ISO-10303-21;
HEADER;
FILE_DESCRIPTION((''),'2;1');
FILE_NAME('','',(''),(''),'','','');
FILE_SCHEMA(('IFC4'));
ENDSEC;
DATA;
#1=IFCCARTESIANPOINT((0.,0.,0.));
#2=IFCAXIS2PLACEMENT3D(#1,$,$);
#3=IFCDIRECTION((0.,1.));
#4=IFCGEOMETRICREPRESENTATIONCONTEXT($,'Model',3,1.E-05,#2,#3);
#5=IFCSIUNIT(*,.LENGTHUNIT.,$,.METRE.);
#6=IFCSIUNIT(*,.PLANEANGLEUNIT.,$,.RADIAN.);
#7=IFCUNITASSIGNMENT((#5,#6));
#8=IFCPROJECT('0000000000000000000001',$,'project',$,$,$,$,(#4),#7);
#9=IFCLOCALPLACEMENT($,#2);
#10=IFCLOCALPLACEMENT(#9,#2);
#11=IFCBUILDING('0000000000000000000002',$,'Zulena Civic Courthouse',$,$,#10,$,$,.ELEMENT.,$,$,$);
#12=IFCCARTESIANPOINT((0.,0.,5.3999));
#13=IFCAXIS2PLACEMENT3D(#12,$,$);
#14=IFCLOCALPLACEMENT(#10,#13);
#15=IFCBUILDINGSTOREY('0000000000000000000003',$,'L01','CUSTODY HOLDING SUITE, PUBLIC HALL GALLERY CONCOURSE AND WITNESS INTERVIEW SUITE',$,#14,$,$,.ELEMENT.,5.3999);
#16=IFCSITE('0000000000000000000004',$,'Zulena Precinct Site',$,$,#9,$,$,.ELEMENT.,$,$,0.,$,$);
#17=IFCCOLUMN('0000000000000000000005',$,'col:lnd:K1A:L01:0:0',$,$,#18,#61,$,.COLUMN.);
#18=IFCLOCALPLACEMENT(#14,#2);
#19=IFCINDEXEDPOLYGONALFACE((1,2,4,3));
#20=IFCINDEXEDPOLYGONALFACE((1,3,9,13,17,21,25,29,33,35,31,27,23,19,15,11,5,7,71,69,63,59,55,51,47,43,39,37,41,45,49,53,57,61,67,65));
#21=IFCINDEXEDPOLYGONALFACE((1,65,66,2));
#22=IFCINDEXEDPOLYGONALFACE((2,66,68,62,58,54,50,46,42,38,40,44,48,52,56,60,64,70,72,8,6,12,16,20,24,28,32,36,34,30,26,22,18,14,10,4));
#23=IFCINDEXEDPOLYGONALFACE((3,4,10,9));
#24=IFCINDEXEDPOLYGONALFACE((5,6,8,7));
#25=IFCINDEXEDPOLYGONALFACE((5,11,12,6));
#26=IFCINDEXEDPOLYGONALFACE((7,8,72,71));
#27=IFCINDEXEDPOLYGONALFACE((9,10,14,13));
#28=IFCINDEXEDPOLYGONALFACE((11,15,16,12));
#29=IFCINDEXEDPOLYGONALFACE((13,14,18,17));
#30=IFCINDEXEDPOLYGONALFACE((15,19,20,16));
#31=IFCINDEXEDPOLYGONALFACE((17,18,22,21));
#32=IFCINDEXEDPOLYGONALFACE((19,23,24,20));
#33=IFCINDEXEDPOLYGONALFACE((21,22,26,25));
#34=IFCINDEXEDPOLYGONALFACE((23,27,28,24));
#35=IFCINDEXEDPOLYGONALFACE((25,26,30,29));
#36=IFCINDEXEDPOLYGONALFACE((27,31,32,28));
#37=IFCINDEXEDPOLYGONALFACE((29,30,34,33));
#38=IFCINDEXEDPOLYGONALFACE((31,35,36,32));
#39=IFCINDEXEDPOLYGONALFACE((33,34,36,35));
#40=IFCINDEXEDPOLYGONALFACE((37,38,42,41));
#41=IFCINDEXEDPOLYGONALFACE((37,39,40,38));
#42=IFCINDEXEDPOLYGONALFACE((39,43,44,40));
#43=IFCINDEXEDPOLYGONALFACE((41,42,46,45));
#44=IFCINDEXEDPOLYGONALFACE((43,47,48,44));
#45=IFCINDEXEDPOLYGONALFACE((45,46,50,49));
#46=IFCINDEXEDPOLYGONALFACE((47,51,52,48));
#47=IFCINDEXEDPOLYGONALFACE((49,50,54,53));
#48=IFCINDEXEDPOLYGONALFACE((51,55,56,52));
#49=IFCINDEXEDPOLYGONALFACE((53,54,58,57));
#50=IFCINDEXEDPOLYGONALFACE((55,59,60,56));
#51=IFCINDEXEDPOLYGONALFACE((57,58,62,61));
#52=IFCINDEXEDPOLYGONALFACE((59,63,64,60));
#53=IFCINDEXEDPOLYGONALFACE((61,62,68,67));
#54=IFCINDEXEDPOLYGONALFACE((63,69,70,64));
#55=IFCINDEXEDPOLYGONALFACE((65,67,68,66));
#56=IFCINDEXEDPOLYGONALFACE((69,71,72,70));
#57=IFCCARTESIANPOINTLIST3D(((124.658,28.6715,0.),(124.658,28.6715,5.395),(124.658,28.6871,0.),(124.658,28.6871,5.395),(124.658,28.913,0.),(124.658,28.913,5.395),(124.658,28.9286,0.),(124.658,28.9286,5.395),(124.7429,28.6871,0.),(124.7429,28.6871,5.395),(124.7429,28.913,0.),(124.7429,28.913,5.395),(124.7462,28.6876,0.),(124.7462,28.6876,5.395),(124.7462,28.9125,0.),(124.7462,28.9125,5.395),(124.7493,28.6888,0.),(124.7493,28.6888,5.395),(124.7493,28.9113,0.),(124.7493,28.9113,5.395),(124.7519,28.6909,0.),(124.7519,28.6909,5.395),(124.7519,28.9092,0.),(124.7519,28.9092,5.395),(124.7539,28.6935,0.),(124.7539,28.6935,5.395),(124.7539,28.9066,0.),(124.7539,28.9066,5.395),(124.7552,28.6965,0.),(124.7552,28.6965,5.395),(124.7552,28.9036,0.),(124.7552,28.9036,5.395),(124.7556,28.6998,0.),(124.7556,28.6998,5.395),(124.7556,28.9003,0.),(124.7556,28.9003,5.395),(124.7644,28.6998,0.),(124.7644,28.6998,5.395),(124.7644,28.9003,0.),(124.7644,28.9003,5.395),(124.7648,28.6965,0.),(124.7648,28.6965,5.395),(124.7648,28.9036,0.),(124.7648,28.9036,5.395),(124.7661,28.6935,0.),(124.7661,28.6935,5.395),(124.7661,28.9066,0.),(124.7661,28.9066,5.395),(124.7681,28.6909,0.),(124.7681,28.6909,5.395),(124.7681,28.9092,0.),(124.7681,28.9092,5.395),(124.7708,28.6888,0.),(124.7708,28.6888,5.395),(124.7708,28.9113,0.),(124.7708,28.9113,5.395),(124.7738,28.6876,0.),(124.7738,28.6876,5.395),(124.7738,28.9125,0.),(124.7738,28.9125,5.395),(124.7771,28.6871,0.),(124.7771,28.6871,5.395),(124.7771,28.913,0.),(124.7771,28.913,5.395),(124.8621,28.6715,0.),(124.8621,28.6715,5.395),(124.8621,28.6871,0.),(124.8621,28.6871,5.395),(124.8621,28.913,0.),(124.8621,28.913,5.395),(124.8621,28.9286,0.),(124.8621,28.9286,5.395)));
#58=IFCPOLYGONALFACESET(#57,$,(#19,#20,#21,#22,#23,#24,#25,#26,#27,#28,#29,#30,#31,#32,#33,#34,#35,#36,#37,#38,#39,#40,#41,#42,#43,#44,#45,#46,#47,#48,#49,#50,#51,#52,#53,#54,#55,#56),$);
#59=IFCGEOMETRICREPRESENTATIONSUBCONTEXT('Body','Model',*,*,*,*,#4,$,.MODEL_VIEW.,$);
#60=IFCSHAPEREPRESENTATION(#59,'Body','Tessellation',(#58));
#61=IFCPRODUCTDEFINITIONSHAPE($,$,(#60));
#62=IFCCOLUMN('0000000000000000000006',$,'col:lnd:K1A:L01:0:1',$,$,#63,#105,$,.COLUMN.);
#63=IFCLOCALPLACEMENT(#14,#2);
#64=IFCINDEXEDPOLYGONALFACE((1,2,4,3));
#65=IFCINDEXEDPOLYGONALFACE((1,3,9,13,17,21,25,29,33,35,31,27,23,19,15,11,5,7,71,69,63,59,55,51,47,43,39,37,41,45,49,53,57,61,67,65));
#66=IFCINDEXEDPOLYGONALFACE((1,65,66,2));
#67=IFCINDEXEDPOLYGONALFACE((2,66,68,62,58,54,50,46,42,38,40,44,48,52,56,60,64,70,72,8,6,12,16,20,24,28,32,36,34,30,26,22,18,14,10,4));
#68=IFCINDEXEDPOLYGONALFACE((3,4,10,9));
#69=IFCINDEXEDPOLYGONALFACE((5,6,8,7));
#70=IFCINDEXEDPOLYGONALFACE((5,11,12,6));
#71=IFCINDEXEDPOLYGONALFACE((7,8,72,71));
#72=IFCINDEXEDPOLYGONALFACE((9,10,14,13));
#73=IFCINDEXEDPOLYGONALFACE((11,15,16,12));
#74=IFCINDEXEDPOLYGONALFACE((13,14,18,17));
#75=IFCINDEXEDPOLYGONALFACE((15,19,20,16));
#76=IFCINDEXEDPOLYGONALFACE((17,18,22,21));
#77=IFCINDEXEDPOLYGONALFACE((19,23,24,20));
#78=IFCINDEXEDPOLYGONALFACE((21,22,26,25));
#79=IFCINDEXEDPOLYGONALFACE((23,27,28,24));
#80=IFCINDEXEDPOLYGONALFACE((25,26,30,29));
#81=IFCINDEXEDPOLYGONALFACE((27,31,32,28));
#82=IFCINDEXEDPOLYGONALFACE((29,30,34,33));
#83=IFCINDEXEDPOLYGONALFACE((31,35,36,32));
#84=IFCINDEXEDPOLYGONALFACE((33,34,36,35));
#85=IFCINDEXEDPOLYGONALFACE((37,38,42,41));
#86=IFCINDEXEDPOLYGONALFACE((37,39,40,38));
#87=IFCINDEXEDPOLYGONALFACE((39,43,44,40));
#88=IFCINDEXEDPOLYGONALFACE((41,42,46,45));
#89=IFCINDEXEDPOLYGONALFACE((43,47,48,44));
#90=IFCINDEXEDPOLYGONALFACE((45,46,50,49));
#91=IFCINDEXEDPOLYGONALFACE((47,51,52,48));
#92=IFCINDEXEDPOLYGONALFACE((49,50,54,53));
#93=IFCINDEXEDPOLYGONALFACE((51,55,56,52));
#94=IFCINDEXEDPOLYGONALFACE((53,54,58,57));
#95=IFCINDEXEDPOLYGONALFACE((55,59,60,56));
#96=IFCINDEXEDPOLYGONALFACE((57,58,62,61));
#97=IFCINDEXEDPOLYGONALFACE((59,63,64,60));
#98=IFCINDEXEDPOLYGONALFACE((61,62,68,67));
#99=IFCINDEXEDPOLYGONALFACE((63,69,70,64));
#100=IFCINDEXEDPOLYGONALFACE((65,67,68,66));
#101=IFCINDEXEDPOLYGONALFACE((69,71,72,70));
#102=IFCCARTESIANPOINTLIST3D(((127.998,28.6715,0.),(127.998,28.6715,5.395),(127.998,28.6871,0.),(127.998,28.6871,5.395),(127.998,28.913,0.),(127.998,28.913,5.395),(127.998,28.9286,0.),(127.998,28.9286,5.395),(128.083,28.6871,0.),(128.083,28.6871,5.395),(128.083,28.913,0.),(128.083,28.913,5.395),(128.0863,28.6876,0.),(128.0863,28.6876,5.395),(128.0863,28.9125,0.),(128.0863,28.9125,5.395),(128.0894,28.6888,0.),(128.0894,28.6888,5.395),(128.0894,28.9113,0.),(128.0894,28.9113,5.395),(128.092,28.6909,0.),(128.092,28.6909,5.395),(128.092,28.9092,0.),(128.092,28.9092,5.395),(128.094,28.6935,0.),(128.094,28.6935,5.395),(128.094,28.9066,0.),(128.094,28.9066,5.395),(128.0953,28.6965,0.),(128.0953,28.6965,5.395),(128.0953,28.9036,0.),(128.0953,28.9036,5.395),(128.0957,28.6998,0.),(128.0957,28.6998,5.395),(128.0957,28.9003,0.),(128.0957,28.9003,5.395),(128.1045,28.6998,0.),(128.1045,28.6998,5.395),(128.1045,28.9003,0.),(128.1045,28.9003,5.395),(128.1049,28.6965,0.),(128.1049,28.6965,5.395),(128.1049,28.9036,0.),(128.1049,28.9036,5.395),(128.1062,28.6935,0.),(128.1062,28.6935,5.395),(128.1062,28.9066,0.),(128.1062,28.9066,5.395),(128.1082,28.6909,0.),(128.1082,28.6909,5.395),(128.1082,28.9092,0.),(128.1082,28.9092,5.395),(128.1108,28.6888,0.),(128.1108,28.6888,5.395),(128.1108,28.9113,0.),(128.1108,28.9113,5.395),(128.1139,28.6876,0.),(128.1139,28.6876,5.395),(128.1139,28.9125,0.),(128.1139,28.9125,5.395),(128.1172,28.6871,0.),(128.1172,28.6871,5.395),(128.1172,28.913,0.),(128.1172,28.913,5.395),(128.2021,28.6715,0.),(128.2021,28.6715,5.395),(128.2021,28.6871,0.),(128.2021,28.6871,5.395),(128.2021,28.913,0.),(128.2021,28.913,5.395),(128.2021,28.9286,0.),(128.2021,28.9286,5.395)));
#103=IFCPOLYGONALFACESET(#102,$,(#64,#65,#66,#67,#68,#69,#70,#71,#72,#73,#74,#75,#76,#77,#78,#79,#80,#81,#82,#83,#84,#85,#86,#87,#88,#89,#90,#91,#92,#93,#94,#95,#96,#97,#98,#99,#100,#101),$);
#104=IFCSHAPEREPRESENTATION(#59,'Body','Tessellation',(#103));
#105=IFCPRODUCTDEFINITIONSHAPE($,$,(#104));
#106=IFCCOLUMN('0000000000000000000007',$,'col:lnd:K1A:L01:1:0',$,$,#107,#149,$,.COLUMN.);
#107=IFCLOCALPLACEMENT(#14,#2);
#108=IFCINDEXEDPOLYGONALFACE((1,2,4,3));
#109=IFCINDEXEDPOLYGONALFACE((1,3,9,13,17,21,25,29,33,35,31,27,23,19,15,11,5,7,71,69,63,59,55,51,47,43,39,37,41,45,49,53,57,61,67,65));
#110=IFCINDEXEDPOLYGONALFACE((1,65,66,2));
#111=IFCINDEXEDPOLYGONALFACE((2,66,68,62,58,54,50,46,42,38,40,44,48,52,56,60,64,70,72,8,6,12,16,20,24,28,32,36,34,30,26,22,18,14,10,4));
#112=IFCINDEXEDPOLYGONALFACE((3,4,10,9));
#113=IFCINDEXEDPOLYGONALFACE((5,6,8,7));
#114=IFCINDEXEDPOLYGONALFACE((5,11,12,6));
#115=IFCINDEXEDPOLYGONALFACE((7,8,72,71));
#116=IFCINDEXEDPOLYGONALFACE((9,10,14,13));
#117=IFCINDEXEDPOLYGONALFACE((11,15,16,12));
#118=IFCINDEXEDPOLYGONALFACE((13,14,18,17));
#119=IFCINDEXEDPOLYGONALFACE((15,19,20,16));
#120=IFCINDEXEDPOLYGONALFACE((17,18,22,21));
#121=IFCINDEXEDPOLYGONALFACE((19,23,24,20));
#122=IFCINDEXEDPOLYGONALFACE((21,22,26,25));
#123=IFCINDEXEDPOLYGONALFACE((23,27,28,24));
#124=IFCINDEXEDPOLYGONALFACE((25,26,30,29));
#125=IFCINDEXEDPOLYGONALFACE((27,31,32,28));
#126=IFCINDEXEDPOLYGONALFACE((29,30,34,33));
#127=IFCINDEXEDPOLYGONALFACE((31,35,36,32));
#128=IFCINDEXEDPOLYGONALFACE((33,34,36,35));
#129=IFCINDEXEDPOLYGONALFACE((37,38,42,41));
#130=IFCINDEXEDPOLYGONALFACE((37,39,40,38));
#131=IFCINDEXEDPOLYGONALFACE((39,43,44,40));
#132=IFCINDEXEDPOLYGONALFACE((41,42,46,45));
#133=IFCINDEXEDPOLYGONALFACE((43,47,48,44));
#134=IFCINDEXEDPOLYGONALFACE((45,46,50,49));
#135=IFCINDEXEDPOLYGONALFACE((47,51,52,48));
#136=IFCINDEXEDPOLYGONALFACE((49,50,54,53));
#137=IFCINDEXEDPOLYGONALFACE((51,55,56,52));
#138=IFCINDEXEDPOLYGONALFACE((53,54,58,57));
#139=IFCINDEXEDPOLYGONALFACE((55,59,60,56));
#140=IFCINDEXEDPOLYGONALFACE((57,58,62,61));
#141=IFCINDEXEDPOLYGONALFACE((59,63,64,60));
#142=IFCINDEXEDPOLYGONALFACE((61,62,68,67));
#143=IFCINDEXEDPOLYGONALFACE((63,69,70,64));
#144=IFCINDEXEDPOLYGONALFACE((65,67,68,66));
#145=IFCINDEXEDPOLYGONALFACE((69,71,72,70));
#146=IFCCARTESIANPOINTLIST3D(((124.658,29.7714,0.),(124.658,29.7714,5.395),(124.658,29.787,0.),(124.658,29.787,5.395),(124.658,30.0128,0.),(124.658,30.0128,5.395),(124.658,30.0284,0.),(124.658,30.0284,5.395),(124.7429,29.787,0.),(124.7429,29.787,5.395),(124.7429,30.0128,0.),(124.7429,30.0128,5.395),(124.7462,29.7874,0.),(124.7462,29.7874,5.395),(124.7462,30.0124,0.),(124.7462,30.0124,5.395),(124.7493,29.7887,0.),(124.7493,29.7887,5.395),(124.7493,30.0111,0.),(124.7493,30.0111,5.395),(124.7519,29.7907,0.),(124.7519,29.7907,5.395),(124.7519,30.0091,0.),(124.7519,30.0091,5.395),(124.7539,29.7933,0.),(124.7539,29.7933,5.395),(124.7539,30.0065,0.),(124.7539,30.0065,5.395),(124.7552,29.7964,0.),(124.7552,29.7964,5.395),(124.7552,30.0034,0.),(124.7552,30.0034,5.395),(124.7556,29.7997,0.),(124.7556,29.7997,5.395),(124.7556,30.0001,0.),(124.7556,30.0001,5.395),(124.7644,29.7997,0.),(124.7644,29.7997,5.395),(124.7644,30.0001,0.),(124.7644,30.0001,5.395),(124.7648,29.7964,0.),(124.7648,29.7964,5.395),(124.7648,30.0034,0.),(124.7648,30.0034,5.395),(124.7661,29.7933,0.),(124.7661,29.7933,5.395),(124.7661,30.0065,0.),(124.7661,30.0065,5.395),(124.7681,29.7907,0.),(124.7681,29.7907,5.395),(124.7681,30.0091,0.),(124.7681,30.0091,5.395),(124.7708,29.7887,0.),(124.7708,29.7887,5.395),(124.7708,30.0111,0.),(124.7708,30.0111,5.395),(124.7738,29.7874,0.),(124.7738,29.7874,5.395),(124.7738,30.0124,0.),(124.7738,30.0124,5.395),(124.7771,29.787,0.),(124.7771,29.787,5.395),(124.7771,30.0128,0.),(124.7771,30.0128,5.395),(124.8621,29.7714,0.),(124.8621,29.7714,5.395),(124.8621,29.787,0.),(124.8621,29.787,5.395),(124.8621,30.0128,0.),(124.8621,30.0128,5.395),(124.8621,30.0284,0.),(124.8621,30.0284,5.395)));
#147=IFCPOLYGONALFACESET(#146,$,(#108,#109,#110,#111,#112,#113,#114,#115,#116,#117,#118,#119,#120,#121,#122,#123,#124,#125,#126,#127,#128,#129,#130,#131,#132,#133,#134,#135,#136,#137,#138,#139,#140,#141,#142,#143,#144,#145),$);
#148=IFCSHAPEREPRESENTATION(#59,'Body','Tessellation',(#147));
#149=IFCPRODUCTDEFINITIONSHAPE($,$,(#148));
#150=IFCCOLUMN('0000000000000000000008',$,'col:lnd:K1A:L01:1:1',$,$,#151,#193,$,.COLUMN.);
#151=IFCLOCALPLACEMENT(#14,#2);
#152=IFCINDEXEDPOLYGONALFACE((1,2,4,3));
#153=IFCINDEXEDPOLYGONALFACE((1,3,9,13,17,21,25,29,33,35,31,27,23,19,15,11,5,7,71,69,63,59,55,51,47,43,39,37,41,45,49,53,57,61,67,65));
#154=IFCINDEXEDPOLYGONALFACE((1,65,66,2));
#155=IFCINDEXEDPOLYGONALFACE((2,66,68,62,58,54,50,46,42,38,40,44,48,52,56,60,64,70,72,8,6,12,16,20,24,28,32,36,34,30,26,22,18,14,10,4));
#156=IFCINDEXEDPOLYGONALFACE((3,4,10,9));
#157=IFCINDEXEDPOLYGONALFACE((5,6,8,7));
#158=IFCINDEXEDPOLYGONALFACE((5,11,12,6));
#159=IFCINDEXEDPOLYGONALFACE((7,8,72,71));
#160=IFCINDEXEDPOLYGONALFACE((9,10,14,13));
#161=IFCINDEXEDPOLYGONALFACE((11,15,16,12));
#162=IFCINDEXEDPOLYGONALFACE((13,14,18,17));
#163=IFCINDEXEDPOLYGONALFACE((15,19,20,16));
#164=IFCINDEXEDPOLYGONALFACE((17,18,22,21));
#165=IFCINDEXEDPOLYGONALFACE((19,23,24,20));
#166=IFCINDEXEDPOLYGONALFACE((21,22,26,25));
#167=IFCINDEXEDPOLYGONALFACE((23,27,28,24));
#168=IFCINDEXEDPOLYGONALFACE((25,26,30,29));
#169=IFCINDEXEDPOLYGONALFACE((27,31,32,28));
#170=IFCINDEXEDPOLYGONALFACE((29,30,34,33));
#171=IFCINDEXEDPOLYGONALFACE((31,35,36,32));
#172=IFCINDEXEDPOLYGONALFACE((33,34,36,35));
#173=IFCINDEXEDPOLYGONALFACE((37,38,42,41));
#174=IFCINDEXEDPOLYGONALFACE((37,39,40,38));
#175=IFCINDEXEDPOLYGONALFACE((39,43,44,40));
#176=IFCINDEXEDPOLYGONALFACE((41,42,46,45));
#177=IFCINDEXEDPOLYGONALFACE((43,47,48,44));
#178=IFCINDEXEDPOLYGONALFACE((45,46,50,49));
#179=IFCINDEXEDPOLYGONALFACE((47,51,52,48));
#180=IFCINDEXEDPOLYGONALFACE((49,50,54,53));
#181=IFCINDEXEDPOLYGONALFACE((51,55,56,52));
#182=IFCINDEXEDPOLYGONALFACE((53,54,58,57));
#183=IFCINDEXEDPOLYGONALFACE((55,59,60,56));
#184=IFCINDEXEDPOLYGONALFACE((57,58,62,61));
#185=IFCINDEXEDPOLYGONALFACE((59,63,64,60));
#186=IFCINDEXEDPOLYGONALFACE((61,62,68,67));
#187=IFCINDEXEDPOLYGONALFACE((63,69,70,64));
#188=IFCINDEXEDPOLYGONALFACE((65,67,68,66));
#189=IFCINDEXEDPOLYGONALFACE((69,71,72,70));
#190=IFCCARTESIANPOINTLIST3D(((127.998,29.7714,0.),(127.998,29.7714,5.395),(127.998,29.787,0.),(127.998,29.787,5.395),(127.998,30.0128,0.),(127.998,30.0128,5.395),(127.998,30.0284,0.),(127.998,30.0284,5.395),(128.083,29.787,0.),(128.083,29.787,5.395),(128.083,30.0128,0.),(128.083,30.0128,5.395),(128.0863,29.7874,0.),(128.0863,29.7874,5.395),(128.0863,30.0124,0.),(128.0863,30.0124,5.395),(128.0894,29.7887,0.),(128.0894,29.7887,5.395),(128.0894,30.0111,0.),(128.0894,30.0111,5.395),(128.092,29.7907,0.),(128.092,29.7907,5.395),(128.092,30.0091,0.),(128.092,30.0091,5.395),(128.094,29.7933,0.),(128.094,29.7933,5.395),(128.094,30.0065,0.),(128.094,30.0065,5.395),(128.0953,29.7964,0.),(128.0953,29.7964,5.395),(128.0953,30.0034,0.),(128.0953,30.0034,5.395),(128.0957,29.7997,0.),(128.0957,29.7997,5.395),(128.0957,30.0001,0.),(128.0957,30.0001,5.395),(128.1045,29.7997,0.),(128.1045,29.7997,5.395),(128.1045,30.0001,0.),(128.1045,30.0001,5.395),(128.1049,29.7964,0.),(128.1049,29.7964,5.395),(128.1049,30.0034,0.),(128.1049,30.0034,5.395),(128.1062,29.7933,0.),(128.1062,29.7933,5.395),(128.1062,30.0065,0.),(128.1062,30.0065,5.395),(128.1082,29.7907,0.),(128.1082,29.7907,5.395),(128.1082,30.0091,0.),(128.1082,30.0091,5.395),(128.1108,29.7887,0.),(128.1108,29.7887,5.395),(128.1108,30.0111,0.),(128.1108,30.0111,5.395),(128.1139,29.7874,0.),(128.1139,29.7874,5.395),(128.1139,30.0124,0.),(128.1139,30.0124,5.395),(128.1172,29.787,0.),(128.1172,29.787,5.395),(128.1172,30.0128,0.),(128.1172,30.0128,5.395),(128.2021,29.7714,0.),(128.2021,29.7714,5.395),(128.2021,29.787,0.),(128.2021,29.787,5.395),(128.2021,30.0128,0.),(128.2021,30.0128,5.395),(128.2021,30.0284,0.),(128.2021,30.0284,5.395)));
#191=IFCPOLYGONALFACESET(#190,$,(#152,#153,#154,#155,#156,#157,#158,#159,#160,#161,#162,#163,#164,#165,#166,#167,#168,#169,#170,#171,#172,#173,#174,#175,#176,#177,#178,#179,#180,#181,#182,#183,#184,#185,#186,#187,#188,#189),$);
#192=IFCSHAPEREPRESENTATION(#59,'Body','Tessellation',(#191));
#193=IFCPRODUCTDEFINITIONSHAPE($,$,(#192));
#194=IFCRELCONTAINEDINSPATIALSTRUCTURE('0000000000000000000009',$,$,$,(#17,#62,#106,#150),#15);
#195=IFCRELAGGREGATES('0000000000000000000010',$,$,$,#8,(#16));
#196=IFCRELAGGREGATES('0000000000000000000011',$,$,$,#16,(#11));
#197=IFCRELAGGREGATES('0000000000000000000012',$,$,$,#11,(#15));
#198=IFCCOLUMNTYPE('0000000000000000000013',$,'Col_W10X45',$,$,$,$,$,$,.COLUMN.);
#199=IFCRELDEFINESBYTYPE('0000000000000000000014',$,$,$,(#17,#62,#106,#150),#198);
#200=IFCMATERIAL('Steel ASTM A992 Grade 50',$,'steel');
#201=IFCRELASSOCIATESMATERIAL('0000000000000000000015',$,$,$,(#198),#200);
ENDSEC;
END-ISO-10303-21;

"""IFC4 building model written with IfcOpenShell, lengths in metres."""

from ifc_helpers import new_model, si_unit, direction, frame, origin, origin_2d, place, context, subcontext, project, spatial, i_section, extrude, material, material_profile, profile_set, type_object, element, save


model = new_model("IFC4")

# Units and contexts
model_context = context("Model", 3, precision=1e-05, world=origin(), true_north=direction((0.0, 1.0)))
body_context = subcontext(model_context, "Body", "Model", "MODEL_VIEW")
ifc_project = project(units=[si_unit("LENGTHUNIT", "METRE"), si_unit("PLANEANGLEUNIT", "RADIAN")], contexts=[model_context])

# Site, building, storey
site_placement = place(None, origin())
site = spatial("IfcSite", under=ifc_project, at=site_placement, Name="Zulena Precinct Site", CompositionType="ELEMENT", RefElevation=0.0)
building_placement = place(site_placement, origin())
building = spatial("IfcBuilding", under=site, at=building_placement, Name="Zulena Civic Courthouse", CompositionType="ELEMENT")
storey_placement = place(building_placement, frame((0.0, 0.0, 5.3999)))
storey = spatial("IfcBuildingStorey", under=building, at=storey_placement, Name="L01", Description="CUSTODY HOLDING SUITE, PUBLIC HALL GALLERY CONCOURSE AND WITNESS INTERVIEW SUITE", CompositionType="ELEMENT", Elevation=5.3999)

# Columns
ifc_material_1 = material(Name="Steel ASTM A992 Grade 50", Category="steel")
ifc_material_profile_1 = material_profile(ifc_material_1, i_section(OverallWidth=0.2041, OverallDepth=0.2571, WebThickness=0.0088, FlangeThickness=0.0156, FilletRadius=0.0127, at=origin_2d()), Name="W10X45")
ifc_profile_set_1 = profile_set([ifc_material_profile_1], Name="Steel ASTM A992 Grade 50")
column_type_1 = type_object("IfcColumnType", Name="Col_W10X45", PredefinedType="COLUMN", material=ifc_profile_set_1)
for number, where, z_axis, x_axis, name in (
    (1, (124.76, 28.8, 0.0), (0.0, 0.0, 1.0), (1.0, 0.0, 0.0), "col:lnd:K1A:L01:0:0"),
    (2, (128.1001, 28.8, 0.0), (0.0, 0.0, 1.0), (1.0, 0.0, 0.0), "col:lnd:K1A:L01:0:1"),
    (3, (124.76, 29.8999, 0.0), (0.0, 0.0, 1.0), (1.0, 0.0, 0.0), "col:lnd:K1A:L01:1:0"),
    (4, (128.1001, 29.8999, 0.0), (0.0, 0.0, 1.0), (1.0, 0.0, 0.0), "col:lnd:K1A:L01:1:1"),
):
    element("IfcColumn", number, at=place(storey_placement, frame(where, z_axis=z_axis, x_axis=x_axis)), inside=storey, type_object=column_type_1, Name=name, PredefinedType="COLUMN", context=body_context, shape_type="SweptSolid", body=[
        extrude(i_section(OverallWidth=0.2041, OverallDepth=0.2571, WebThickness=0.0088, FlangeThickness=0.0156, FilletRadius=0.0127, at=origin_2d()), origin(), (0.0, 0.0, 1.0), 5.395),
    ])

save(model, "model.ifc")
